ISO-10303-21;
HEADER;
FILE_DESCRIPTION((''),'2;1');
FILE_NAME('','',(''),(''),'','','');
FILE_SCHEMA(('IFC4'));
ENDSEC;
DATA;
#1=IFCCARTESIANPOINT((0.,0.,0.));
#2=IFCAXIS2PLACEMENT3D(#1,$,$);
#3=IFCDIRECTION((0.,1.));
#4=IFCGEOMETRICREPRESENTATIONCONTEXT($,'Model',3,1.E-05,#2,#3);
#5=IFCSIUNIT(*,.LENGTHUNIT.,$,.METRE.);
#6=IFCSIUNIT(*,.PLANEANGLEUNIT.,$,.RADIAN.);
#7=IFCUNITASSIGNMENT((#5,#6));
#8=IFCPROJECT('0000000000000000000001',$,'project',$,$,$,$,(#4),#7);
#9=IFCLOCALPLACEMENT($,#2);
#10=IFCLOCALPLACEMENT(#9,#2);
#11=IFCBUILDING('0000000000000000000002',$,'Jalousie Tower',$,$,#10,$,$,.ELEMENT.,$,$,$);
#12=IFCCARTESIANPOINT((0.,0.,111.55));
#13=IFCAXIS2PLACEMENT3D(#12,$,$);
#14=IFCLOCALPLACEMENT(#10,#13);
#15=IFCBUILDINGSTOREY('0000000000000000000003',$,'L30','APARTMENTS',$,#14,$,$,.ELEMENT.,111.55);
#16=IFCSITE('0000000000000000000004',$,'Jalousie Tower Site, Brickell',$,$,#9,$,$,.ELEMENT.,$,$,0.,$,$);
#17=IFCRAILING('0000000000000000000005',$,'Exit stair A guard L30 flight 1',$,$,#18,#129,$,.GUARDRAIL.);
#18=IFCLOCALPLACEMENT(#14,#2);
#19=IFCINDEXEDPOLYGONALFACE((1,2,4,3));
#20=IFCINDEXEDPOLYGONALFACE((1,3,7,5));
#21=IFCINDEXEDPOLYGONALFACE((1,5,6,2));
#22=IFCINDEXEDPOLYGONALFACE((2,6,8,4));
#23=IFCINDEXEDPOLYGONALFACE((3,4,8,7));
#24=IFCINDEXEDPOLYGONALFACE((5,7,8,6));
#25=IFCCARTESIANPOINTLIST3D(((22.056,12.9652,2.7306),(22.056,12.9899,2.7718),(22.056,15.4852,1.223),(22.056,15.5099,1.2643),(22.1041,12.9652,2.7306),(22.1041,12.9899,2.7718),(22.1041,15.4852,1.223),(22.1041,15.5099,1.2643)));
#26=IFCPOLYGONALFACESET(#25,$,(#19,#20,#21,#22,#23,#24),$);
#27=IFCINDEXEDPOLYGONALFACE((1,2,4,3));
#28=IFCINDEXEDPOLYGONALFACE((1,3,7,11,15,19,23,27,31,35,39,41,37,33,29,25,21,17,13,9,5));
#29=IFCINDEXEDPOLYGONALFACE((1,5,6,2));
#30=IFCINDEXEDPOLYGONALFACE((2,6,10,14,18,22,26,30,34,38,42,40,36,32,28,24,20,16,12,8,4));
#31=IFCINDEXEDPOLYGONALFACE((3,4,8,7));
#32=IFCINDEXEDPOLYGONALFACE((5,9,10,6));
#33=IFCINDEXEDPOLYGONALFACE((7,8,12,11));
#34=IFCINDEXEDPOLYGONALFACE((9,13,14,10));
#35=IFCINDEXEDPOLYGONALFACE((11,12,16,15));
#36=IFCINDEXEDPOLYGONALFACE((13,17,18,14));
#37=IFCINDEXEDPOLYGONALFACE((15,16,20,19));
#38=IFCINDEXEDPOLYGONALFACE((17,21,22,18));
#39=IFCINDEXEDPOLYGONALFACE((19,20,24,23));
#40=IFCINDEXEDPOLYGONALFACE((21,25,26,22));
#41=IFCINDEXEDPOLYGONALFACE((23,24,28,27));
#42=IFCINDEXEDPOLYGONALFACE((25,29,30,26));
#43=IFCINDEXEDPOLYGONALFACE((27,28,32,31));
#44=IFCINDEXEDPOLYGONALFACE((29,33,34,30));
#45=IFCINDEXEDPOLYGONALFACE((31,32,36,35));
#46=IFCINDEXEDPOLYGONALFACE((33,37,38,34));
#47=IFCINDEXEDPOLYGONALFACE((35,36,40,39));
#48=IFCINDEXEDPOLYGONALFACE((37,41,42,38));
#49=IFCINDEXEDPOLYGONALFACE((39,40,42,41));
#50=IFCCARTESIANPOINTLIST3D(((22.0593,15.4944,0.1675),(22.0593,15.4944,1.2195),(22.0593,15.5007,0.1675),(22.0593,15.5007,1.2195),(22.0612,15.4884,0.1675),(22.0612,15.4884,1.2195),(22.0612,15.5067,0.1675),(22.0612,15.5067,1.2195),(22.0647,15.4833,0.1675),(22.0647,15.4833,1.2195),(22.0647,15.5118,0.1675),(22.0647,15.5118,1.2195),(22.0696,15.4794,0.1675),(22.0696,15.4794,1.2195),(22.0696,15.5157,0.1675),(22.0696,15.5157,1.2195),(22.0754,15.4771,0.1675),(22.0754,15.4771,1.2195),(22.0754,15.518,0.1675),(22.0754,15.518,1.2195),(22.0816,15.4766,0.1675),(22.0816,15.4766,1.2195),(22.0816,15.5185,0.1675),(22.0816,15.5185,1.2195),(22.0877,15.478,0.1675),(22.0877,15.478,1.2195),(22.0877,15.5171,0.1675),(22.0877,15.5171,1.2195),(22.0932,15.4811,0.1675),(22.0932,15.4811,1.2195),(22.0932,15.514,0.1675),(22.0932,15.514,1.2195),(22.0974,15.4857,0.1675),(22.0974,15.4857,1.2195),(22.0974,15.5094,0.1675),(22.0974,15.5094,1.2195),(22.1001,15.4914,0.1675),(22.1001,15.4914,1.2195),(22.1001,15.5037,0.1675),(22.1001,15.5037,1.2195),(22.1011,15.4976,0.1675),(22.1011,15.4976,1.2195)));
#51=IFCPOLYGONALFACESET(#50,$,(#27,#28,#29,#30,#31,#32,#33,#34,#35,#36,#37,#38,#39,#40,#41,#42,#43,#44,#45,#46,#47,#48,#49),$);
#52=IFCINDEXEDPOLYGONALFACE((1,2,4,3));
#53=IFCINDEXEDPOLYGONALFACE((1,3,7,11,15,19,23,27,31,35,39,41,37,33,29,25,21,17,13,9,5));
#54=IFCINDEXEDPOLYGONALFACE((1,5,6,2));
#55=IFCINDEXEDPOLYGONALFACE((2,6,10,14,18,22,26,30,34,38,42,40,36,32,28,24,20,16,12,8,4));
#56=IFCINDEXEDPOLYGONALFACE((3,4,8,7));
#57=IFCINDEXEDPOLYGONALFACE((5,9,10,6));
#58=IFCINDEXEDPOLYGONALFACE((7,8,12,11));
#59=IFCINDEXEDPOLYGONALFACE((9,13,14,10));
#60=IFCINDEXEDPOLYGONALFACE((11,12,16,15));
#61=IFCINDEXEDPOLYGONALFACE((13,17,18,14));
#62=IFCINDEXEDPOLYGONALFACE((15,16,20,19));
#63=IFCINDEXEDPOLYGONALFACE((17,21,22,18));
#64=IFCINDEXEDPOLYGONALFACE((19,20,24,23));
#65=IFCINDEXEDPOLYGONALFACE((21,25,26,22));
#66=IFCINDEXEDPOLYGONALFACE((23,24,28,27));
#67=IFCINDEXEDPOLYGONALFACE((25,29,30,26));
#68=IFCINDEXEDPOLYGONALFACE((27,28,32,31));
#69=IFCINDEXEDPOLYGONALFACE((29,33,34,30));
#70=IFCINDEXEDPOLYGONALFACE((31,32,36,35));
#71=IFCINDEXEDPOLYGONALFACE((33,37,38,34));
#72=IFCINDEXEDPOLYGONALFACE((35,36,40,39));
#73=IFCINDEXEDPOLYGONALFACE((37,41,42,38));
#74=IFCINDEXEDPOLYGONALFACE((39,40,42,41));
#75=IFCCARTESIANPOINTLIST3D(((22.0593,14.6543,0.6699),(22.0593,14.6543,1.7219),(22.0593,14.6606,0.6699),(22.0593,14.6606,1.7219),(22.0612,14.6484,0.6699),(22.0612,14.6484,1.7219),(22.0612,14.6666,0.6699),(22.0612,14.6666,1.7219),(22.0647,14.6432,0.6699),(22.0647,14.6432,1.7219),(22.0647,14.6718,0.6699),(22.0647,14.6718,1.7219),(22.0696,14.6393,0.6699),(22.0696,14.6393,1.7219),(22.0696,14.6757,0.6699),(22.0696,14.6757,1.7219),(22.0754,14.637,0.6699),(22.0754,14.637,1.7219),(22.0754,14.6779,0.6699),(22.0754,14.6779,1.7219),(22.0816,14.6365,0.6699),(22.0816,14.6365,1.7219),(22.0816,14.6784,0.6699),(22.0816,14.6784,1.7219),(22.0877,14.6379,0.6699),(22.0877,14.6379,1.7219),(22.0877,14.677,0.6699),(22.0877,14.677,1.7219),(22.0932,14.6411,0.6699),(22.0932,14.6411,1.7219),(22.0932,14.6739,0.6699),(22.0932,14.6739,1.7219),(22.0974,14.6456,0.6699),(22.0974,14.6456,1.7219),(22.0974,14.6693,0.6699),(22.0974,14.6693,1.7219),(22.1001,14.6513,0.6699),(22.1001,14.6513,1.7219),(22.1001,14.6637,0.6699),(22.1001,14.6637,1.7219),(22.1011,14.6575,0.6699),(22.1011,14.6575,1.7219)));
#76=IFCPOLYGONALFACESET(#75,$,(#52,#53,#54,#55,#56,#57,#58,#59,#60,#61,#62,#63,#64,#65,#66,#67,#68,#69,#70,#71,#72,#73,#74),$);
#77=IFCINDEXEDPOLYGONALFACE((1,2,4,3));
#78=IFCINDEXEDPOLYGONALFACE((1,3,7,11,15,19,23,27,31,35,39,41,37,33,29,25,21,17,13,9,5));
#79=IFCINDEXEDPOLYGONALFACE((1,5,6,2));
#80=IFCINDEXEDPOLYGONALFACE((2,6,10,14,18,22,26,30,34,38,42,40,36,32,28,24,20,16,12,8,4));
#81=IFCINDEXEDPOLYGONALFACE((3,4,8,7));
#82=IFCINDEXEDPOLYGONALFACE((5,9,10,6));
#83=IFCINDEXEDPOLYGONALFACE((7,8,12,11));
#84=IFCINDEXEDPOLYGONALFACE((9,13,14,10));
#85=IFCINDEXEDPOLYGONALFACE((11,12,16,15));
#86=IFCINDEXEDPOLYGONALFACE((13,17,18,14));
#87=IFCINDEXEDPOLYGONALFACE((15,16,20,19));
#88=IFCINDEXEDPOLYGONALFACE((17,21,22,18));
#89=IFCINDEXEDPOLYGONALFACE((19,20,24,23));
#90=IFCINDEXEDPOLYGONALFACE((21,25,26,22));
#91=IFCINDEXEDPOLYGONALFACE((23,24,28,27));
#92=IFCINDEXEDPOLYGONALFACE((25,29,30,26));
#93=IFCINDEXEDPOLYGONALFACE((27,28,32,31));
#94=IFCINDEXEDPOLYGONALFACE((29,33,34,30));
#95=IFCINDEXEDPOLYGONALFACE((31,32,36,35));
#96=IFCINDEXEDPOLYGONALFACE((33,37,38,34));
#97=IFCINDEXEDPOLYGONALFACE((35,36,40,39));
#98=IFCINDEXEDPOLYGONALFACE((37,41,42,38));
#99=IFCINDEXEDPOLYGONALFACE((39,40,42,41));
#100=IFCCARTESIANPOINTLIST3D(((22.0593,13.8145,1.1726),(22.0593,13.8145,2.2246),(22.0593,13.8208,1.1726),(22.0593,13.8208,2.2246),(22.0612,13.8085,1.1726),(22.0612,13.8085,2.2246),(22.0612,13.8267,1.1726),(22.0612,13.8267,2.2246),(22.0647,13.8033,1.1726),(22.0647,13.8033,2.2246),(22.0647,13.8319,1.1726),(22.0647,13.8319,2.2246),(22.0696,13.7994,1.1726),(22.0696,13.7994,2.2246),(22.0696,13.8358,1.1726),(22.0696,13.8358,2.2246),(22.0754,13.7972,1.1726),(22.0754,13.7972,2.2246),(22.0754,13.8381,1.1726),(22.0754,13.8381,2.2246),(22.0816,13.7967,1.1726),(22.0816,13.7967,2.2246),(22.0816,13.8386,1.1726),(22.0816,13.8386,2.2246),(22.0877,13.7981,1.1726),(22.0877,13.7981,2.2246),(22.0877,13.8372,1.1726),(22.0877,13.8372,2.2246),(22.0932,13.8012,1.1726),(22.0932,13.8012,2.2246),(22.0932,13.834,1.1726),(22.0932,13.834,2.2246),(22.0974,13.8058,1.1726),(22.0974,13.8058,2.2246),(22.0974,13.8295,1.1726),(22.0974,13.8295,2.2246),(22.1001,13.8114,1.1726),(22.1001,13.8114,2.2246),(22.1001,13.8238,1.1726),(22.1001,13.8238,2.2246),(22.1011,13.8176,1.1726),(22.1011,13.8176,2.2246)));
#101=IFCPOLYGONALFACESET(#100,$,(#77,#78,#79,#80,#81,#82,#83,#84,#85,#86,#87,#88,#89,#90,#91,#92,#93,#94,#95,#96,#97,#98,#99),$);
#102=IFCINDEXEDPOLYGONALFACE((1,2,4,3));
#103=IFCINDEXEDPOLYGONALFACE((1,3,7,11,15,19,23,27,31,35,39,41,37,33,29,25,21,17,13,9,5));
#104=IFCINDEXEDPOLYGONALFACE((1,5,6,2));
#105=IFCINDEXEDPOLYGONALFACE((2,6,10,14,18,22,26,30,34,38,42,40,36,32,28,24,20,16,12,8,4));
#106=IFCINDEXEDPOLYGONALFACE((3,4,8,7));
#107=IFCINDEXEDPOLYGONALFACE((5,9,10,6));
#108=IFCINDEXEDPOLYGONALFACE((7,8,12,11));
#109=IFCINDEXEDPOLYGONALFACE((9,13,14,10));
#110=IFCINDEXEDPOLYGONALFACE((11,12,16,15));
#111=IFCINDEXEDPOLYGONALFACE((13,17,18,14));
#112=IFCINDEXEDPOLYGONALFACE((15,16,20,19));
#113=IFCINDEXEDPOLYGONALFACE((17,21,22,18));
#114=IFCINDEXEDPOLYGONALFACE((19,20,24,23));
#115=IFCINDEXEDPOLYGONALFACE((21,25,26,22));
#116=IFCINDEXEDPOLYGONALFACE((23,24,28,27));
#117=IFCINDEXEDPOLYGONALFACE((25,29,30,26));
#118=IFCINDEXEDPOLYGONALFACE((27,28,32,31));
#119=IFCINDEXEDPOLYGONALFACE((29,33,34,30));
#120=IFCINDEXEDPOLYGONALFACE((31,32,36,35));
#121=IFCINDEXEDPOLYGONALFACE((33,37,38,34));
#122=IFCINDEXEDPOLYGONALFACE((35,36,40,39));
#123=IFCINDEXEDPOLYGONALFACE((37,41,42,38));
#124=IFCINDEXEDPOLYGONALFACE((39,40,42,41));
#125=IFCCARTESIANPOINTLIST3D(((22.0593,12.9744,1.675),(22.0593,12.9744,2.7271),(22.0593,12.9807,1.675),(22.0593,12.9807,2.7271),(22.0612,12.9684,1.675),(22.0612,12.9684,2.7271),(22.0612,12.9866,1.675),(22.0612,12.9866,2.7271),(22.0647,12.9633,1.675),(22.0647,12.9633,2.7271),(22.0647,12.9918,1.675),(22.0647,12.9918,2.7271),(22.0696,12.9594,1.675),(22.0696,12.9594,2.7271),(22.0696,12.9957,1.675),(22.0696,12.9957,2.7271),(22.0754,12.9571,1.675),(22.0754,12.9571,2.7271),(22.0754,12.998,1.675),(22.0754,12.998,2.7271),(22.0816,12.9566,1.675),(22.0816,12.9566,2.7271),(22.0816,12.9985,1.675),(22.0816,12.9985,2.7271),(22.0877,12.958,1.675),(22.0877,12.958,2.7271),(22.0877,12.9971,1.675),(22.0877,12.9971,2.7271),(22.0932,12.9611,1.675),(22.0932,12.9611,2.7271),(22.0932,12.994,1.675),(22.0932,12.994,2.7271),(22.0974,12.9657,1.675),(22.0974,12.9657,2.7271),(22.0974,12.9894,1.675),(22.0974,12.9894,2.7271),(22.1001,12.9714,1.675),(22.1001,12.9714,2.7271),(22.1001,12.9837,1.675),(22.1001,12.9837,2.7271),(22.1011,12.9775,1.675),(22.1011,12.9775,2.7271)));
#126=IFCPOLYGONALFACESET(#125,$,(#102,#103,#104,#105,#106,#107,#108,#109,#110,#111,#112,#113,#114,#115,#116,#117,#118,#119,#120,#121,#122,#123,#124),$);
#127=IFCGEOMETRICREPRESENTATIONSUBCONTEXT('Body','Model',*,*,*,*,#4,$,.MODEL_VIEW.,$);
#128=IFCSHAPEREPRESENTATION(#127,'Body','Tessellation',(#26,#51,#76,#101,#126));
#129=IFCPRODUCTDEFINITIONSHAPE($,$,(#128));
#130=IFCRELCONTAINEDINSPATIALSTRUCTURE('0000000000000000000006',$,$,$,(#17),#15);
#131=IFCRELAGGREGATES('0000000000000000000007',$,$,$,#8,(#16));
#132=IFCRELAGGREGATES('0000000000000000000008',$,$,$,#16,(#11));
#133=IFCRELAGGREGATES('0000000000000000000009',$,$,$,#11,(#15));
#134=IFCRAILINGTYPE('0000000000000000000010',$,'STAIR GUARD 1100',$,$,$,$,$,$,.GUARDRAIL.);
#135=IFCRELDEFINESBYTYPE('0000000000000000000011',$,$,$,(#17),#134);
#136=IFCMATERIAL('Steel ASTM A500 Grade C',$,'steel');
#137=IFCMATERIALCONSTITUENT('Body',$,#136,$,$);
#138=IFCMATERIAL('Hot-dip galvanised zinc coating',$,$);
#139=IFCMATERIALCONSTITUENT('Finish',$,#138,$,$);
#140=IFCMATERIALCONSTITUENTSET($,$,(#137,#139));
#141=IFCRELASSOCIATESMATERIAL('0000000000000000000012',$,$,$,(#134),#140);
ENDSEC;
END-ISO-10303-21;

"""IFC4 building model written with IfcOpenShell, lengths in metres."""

from ifc_helpers import new_model, si_unit, direction, frame, origin, origin_2d, place, context, subcontext, project, spatial, rectangle, circle, extrude, material, constituent, constituent_set, type_object, element, save


model = new_model("IFC4")

# Units and contexts
model_context = context("Model", 3, precision=1e-05, world=origin(), true_north=direction((0.0, 1.0)))
body_context = subcontext(model_context, "Body", "Model", "MODEL_VIEW")
ifc_project = project(units=[si_unit("LENGTHUNIT", "METRE"), si_unit("PLANEANGLEUNIT", "RADIAN")], contexts=[model_context])

# Site, building, storey
site_placement = place(None, origin())
site = spatial("IfcSite", under=ifc_project, at=site_placement, Name="Jalousie Tower Site, Brickell", CompositionType="ELEMENT", RefElevation=0.0)
building_placement = place(site_placement, origin())
building = spatial("IfcBuilding", under=site, at=building_placement, Name="Jalousie Tower", CompositionType="ELEMENT")
storey_placement = place(building_placement, frame((0.0, 0.0, 111.55)))
storey = spatial("IfcBuildingStorey", under=building, at=storey_placement, Name="L30", Description="APARTMENTS", CompositionType="ELEMENT", Elevation=111.55)

# Railing
ifc_material_1 = material(Name="Steel ASTM A500 Grade C", Category="steel")
ifc_constituent_1 = constituent(ifc_material_1, Name="Body")
ifc_material_2 = material(Name="Hot-dip galvanised zinc coating")
ifc_constituent_2 = constituent(ifc_material_2, Name="Finish")
ifc_constituent_set_1 = constituent_set(constituents=[ifc_constituent_1, ifc_constituent_2])
railing_type_1 = type_object("IfcRailingType", Name="STAIR GUARD 1100", PredefinedType="GUARDRAIL", material=ifc_constituent_set_1)
railing_1_placement = place(storey_placement, frame((22.0801, 15.4976, 0.1675)))
element("IfcRailing", 1, at=railing_1_placement, inside=storey, type_object=railing_type_1, Name="Exit stair A guard L30 flight 1", PredefinedType="GUARDRAIL", context=body_context, shape_type="SweptSolid", body=[
    extrude(rectangle(XDim=0.0481, YDim=0.0481, at=origin_2d()), frame((0.0, 0.0, 1.0762), z_axis=(0.0, -0.85816, 0.513383), x_axis=(1.0, 0.0, 0.0)), (0.0, 0.0, 1.0), 2.9365),
    extrude(circle(Radius=0.021, at=origin_2d()), origin(), (0.0, 0.0, 1.0), 1.052),
    extrude(circle(Radius=0.021, at=origin_2d()), frame((0.0, -0.8401, 0.5024)), (0.0, 0.0, 1.0), 1.052),
    extrude(circle(Radius=0.021, at=origin_2d()), frame((0.0, -1.6799, 1.0051)), (0.0, 0.0, 1.0), 1.052),
    extrude(circle(Radius=0.021, at=origin_2d()), frame((0.0, -2.52, 1.5076)), (0.0, 0.0, 1.0), 1.052),
])

save(model, "model.ifc")
